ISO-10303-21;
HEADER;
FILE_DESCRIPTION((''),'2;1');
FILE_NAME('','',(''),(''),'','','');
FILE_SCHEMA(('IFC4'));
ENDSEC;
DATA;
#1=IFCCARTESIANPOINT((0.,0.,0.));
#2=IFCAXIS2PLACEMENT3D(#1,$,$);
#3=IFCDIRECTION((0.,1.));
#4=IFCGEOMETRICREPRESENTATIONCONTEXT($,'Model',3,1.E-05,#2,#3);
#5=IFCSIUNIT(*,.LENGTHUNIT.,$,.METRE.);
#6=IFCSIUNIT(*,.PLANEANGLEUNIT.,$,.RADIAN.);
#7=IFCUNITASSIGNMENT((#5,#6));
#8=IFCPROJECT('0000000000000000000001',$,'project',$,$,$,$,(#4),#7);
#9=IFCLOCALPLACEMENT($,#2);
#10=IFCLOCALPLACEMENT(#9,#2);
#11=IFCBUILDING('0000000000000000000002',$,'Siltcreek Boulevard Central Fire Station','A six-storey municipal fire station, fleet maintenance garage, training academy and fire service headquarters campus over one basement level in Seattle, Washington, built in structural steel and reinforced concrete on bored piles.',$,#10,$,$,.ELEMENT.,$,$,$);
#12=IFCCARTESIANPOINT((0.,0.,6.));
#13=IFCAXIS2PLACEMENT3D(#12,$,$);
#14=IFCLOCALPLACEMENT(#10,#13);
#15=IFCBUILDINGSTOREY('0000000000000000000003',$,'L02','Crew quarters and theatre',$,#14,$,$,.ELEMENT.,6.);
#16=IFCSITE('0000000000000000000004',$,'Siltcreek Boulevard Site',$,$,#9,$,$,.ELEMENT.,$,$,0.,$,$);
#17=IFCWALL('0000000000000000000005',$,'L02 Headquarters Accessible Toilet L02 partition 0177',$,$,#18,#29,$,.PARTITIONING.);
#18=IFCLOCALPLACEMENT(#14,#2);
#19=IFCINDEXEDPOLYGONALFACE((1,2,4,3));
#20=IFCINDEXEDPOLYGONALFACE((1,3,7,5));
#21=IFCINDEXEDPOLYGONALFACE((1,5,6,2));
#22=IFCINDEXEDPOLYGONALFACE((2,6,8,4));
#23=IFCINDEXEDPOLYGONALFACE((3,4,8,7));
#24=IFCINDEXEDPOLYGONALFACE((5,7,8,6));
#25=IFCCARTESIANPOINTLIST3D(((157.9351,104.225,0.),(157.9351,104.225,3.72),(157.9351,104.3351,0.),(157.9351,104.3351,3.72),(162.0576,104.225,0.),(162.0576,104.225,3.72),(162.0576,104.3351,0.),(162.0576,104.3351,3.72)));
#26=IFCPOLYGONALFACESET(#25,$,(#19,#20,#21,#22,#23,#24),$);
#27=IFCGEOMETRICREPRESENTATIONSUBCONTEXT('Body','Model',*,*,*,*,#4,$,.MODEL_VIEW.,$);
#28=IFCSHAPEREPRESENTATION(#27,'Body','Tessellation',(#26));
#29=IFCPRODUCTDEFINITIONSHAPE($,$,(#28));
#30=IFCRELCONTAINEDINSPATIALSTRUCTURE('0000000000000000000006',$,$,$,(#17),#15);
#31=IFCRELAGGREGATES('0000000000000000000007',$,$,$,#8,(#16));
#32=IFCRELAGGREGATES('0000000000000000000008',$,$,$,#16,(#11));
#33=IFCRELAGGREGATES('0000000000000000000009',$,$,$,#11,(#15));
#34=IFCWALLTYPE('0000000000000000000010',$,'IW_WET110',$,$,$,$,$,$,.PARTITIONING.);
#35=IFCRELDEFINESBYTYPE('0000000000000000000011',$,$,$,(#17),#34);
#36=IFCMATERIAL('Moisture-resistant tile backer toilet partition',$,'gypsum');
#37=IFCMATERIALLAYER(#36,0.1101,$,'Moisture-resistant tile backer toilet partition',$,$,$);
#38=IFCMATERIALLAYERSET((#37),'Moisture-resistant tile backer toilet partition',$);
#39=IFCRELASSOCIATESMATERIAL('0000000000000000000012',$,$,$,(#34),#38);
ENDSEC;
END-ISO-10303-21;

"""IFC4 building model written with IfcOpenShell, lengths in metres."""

from ifc_helpers import new_model, si_unit, direction, frame, frame_2d, origin, place, context, subcontext, project, spatial, rectangle, extrude, material, layer, layer_set, type_object, element, save


model = new_model("IFC4")

# Units and contexts
model_context = context("Model", 3, precision=1e-05, world=origin(), true_north=direction((0.0, 1.0)))
body_context = subcontext(model_context, "Body", "Model", "MODEL_VIEW")
ifc_project = project(units=[si_unit("LENGTHUNIT", "METRE"), si_unit("PLANEANGLEUNIT", "RADIAN")], contexts=[model_context])

# Site, building, storey
site_placement = place(None, origin())
site = spatial("IfcSite", under=ifc_project, at=site_placement, Name="Siltcreek Boulevard Site", CompositionType="ELEMENT", RefElevation=0.0)
building_placement = place(site_placement, origin())
building = spatial("IfcBuilding", under=site, at=building_placement, Name="Siltcreek Boulevard Central Fire Station", Description="A six-storey municipal fire station, fleet maintenance garage, training academy and fire service headquarters campus over one basement level in Seattle, Washington, built in structural steel and reinforced concrete on bored piles.", CompositionType="ELEMENT")
storey_placement = place(building_placement, frame((0.0, 0.0, 6.0)))
storey = spatial("IfcBuildingStorey", under=building, at=storey_placement, Name="L02", Description="Crew quarters and theatre", CompositionType="ELEMENT", Elevation=6.0)

# Wall
ifc_material_1 = material(Name="Moisture-resistant tile backer toilet partition", Category="gypsum")
ifc_layer_1 = layer(ifc_material_1, 0.1101, Name="Moisture-resistant tile backer toilet partition")
ifc_layer_set_1 = layer_set([ifc_layer_1], Name="Moisture-resistant tile backer toilet partition")
wall_type_1 = type_object("IfcWallType", Name="IW_WET110", PredefinedType="PARTITIONING", material=ifc_layer_set_1)
wall_1_placement = place(storey_placement, frame((157.9351, 104.28, 0.0), z_axis=(0.0, 0.0, 1.0), x_axis=(1.0, 0.0, 0.0)))
element("IfcWall", 1, at=wall_1_placement, inside=storey, type_object=wall_type_1, Name="L02 Headquarters Accessible Toilet L02 partition 0177", PredefinedType="PARTITIONING", context=body_context, shape_type="SweptSolid", body=[
    extrude(rectangle(XDim=4.1226, YDim=0.1101, at=frame_2d((2.0613, 0.0))), origin(), (0.0, 0.0, 1.0), 3.72),
])

save(model, "model.ifc")
